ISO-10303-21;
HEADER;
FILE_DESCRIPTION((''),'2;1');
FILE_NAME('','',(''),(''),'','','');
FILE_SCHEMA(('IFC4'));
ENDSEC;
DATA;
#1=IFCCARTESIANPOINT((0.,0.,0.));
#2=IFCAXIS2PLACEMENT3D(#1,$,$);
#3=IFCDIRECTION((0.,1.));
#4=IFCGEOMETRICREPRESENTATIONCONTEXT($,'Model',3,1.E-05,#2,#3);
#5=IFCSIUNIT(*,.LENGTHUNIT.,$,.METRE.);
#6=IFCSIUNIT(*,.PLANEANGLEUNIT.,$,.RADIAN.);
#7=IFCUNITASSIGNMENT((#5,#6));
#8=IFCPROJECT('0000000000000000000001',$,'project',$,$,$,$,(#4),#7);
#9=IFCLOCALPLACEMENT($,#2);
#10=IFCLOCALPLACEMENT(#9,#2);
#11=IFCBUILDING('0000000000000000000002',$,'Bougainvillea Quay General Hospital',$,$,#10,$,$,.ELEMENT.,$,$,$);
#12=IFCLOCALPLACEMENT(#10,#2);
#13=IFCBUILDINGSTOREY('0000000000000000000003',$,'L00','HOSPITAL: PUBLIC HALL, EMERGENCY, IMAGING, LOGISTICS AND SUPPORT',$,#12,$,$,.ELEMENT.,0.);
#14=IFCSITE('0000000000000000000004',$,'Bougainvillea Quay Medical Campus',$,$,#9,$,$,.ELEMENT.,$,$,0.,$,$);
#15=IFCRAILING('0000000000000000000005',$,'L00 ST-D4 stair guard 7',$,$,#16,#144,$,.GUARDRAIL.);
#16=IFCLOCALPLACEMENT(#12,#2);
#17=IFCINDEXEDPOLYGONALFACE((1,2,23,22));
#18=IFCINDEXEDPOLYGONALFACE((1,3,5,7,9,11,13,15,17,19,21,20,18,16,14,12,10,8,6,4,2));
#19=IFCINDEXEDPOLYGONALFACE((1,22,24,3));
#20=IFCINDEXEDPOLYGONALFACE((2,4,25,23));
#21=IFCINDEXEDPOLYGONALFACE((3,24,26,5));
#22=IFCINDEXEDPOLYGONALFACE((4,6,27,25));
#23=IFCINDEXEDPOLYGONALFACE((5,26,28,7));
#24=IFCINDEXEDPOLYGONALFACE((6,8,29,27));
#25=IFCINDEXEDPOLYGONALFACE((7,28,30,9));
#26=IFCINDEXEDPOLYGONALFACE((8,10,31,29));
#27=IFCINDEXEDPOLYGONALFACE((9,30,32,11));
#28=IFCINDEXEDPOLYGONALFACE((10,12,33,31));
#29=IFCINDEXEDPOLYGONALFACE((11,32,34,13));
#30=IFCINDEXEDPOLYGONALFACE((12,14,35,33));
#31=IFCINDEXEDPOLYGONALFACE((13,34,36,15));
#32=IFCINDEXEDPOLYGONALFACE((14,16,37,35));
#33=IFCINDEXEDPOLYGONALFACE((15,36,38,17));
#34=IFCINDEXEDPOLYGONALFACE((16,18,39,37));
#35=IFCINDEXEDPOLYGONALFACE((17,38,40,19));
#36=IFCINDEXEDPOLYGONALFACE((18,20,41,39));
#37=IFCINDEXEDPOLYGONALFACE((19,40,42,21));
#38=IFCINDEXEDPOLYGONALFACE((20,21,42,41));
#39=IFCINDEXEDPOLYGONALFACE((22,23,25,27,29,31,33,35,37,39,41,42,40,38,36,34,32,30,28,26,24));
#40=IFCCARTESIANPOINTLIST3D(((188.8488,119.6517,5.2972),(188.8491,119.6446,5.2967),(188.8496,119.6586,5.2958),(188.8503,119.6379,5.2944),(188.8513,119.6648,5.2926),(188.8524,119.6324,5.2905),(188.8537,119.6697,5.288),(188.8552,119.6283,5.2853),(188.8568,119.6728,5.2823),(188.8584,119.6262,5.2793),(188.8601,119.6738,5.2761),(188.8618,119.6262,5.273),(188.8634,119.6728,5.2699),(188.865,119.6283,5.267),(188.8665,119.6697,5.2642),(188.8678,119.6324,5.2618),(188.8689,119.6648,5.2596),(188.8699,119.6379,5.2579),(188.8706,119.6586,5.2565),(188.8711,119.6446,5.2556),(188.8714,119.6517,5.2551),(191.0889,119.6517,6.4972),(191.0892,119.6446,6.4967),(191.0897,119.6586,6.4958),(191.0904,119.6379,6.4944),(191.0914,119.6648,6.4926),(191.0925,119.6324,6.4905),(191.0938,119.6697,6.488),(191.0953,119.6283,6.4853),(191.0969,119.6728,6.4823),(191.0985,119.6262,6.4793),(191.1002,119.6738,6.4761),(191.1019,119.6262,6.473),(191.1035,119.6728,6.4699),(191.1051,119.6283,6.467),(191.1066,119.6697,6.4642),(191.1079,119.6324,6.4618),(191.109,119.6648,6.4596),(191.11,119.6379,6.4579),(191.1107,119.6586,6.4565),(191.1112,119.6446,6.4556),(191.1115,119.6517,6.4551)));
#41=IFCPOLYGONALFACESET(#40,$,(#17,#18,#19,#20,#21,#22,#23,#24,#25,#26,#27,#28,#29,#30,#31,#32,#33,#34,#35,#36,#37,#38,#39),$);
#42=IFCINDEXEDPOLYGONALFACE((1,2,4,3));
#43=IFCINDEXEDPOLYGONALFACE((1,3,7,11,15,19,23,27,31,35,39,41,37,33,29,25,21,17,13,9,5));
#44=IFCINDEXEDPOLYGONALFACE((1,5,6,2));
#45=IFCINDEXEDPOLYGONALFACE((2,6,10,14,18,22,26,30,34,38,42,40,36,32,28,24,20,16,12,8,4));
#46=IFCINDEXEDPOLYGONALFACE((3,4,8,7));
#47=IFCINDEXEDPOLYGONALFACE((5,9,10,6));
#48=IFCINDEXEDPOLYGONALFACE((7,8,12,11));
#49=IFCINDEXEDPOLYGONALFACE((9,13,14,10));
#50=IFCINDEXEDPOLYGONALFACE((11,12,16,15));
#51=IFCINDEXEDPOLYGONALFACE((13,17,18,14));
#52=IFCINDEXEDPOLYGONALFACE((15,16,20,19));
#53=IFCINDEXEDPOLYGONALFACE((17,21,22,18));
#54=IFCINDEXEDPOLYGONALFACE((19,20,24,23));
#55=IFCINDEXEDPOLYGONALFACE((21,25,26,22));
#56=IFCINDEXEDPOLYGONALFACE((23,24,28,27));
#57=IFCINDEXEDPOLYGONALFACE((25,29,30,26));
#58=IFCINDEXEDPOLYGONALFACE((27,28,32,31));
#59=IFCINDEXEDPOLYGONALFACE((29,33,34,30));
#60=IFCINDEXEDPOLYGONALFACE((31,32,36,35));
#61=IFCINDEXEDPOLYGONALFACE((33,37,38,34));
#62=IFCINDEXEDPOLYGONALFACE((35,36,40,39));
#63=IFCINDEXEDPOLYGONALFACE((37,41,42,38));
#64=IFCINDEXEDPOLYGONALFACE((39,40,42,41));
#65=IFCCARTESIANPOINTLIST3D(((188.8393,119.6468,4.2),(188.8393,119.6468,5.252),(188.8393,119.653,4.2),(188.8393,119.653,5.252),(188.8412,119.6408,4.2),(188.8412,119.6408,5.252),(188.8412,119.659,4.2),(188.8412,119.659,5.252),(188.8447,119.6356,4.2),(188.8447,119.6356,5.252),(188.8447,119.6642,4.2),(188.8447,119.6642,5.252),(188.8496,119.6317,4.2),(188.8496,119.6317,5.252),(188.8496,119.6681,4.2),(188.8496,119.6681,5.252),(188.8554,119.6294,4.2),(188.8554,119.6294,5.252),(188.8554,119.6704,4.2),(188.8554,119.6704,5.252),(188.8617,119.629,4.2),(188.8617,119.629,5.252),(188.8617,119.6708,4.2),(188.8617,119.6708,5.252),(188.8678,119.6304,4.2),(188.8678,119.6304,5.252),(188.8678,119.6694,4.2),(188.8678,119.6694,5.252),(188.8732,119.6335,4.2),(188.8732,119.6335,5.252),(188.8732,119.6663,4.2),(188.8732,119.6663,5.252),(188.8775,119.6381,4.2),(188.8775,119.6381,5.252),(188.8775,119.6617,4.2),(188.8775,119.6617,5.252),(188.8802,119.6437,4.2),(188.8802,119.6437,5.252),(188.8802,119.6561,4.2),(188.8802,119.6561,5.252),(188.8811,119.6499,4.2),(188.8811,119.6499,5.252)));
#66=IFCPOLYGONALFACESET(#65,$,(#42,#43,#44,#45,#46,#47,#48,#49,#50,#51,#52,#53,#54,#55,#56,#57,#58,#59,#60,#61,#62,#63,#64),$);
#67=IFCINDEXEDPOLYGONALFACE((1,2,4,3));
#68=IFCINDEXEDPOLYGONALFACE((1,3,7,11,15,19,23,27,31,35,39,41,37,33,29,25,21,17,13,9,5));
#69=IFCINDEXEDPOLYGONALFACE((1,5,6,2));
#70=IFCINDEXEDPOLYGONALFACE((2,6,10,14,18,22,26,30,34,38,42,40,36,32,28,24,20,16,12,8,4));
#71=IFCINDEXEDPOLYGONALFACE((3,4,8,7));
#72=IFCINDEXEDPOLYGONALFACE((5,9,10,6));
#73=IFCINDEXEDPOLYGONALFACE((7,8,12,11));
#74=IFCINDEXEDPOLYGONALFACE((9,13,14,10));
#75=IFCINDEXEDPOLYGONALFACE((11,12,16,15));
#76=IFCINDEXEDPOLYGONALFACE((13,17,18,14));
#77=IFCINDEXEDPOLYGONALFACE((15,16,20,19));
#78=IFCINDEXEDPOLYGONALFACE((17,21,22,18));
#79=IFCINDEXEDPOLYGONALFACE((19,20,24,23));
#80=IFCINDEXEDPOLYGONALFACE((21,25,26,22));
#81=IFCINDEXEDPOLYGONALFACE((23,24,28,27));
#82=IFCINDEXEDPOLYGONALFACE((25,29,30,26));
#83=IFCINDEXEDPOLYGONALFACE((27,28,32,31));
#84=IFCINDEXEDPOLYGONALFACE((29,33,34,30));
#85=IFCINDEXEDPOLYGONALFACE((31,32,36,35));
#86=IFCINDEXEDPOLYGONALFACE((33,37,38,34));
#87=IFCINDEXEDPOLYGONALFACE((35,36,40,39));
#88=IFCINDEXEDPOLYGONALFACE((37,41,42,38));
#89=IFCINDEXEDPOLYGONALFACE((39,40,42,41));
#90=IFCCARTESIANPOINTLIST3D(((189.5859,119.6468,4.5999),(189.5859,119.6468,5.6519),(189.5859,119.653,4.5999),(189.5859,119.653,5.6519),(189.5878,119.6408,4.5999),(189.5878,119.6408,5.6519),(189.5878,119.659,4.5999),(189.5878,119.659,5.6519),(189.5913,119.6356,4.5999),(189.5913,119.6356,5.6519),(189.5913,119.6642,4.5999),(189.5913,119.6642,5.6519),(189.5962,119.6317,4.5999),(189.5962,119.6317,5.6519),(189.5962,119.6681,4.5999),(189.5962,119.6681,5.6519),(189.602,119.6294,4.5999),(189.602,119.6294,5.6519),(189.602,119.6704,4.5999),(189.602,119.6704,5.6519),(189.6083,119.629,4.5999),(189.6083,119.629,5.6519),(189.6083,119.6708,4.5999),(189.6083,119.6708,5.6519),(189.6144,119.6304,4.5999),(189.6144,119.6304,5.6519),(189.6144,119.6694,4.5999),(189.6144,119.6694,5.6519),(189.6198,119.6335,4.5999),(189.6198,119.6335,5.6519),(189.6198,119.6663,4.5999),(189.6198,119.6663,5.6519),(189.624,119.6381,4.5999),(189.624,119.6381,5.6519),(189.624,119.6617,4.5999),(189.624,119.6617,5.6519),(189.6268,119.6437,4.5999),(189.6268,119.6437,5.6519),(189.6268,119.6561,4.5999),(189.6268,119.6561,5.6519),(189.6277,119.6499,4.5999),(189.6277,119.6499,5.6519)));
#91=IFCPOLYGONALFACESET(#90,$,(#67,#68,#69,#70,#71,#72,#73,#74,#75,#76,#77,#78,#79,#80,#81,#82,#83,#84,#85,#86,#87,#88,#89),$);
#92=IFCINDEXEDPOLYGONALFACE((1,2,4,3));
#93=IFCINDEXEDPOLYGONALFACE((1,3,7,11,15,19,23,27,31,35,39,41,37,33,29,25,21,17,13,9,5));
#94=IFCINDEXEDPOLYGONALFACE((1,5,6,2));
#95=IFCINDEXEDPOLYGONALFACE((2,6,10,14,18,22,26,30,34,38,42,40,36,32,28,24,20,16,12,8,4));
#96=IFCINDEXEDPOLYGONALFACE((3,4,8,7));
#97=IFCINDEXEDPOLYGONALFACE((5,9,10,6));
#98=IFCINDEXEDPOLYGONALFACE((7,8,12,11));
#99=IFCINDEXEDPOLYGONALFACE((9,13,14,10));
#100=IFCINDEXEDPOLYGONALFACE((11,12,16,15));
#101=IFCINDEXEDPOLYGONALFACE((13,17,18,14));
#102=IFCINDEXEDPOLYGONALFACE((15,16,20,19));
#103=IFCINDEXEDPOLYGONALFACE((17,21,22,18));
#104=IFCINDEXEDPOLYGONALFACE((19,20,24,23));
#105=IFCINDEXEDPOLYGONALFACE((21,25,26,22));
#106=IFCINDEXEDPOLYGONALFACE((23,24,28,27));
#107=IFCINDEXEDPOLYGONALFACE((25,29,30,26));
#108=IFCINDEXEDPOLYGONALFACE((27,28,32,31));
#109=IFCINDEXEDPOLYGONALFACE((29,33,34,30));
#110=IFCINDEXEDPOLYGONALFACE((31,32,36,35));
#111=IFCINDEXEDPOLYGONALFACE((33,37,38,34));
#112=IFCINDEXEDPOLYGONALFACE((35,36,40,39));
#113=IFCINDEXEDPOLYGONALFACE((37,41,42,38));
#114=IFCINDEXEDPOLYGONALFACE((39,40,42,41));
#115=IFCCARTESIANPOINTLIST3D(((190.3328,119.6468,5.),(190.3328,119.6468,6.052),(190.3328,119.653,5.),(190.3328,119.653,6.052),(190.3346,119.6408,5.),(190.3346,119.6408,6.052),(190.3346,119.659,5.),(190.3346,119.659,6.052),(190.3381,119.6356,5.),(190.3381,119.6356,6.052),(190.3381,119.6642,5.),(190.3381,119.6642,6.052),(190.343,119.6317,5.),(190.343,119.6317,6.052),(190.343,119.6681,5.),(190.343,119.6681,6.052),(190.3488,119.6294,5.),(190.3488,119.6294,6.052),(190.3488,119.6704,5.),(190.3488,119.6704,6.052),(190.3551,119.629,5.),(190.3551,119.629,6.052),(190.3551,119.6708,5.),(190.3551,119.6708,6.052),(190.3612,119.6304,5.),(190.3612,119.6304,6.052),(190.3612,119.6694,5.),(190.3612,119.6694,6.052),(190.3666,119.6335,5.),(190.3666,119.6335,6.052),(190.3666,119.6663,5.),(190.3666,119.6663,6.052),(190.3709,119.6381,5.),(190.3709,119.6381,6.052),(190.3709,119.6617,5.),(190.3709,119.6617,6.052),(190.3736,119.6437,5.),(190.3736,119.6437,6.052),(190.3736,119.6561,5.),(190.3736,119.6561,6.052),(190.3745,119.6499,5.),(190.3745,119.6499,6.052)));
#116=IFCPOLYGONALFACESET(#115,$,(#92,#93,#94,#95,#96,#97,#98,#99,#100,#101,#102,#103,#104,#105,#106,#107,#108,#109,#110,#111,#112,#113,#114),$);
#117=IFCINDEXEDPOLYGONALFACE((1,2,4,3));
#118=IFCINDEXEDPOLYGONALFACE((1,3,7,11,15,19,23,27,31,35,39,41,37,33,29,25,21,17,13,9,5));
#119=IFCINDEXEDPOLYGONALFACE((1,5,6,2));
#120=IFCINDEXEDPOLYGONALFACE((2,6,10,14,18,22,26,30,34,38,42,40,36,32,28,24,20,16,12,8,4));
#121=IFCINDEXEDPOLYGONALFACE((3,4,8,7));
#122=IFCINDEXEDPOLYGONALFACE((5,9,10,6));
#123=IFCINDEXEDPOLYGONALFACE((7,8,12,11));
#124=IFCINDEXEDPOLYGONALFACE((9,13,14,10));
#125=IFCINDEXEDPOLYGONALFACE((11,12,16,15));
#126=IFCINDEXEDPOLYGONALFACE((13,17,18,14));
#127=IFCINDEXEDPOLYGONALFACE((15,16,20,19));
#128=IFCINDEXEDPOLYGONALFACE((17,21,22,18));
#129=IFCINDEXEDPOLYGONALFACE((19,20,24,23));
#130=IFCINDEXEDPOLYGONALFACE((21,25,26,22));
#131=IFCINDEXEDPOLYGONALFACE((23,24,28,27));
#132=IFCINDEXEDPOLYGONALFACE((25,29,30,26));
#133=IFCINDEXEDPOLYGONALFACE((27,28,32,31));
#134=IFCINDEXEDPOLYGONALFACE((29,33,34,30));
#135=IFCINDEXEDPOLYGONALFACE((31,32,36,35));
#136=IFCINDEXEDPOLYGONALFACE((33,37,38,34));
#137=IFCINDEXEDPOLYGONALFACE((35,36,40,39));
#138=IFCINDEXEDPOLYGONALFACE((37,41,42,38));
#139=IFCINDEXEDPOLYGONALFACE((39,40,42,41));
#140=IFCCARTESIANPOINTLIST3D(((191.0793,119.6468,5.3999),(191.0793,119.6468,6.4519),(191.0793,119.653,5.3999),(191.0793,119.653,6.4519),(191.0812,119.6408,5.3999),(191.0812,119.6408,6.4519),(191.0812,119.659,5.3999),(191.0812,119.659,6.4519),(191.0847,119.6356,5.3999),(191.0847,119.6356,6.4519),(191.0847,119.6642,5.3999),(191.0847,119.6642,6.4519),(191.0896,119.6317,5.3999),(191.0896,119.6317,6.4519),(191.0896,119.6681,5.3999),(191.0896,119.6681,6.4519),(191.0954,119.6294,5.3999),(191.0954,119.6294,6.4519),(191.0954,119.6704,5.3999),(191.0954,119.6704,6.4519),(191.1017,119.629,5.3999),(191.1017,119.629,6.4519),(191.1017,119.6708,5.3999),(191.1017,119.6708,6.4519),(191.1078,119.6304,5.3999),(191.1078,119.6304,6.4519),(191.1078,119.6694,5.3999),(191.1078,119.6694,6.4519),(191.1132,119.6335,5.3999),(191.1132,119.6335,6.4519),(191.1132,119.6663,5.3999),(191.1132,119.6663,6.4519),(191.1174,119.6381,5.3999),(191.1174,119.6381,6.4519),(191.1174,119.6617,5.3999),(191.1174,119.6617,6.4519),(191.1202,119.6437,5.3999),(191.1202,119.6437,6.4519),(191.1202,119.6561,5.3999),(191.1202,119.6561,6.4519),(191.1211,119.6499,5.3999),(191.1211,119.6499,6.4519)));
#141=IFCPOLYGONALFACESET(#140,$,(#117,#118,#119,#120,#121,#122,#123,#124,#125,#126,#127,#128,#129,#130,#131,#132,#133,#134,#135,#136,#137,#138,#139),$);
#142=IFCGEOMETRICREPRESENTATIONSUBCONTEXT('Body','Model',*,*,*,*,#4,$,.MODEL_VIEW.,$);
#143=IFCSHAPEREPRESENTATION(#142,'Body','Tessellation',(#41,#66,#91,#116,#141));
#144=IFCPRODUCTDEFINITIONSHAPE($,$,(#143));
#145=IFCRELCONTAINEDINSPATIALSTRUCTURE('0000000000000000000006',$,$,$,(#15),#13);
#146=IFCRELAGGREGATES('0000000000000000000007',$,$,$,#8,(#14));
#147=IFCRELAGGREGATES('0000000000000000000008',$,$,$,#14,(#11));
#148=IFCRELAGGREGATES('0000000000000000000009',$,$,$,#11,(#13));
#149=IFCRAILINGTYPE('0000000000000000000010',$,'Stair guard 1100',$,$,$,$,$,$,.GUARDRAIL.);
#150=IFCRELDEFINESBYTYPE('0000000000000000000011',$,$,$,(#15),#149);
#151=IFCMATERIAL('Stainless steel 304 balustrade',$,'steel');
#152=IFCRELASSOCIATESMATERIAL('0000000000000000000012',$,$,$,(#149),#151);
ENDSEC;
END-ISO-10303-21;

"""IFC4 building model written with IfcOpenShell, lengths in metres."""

from ifc_helpers import new_model, si_unit, direction, frame, origin, origin_2d, place, context, subcontext, project, spatial, circle, extrude, material, type_object, element, save


model = new_model("IFC4")

# Units and contexts
model_context = context("Model", 3, precision=1e-05, world=origin(), true_north=direction((0.0, 1.0)))
body_context = subcontext(model_context, "Body", "Model", "MODEL_VIEW")
ifc_project = project(units=[si_unit("LENGTHUNIT", "METRE"), si_unit("PLANEANGLEUNIT", "RADIAN")], contexts=[model_context])

# Site, building, storey
site_placement = place(None, origin())
site = spatial("IfcSite", under=ifc_project, at=site_placement, Name="Bougainvillea Quay Medical Campus", CompositionType="ELEMENT", RefElevation=0.0)
building_placement = place(site_placement, origin())
building = spatial("IfcBuilding", under=site, at=building_placement, Name="Bougainvillea Quay General Hospital", CompositionType="ELEMENT")
storey_placement = place(building_placement, origin())
storey = spatial("IfcBuildingStorey", under=building, at=storey_placement, Name="L00", Description="HOSPITAL: PUBLIC HALL, EMERGENCY, IMAGING, LOGISTICS AND SUPPORT", CompositionType="ELEMENT", Elevation=0.0)

# Railing
ifc_material_1 = material(Name="Stainless steel 304 balustrade", Category="steel")
railing_type_1 = type_object("IfcRailingType", Name="Stair guard 1100", PredefinedType="GUARDRAIL", material=ifc_material_1)
railing_1_placement = place(storey_placement, frame((188.8601, 119.6499, 4.2)))
element("IfcRailing", 1, at=railing_1_placement, inside=storey, type_object=railing_type_1, Name="L00 ST-D4 stair guard 7", PredefinedType="GUARDRAIL", context=body_context, shape_type="SweptSolid", body=[
    extrude(circle(Radius=0.0239, at=origin_2d()), frame((0.0, 0.0, 1.0762), z_axis=(0.881487, 0.0, 0.472208), x_axis=(0.0, 1.0, 0.0)), (0.0, 0.0, 1.0), 2.5413),
    extrude(circle(Radius=0.021, at=origin_2d()), origin(), (0.0, 0.0, 1.0), 1.052),
    extrude(circle(Radius=0.021, at=origin_2d()), frame((0.7466, 0.0, 0.3999)), (0.0, 0.0, 1.0), 1.052),
    extrude(circle(Radius=0.021, at=origin_2d()), frame((1.4934, 0.0, 0.8)), (0.0, 0.0, 1.0), 1.052),
    extrude(circle(Radius=0.021, at=origin_2d()), frame((2.24, 0.0, 1.2)), (0.0, 0.0, 1.0), 1.052),
])

save(model, "model.ifc")
